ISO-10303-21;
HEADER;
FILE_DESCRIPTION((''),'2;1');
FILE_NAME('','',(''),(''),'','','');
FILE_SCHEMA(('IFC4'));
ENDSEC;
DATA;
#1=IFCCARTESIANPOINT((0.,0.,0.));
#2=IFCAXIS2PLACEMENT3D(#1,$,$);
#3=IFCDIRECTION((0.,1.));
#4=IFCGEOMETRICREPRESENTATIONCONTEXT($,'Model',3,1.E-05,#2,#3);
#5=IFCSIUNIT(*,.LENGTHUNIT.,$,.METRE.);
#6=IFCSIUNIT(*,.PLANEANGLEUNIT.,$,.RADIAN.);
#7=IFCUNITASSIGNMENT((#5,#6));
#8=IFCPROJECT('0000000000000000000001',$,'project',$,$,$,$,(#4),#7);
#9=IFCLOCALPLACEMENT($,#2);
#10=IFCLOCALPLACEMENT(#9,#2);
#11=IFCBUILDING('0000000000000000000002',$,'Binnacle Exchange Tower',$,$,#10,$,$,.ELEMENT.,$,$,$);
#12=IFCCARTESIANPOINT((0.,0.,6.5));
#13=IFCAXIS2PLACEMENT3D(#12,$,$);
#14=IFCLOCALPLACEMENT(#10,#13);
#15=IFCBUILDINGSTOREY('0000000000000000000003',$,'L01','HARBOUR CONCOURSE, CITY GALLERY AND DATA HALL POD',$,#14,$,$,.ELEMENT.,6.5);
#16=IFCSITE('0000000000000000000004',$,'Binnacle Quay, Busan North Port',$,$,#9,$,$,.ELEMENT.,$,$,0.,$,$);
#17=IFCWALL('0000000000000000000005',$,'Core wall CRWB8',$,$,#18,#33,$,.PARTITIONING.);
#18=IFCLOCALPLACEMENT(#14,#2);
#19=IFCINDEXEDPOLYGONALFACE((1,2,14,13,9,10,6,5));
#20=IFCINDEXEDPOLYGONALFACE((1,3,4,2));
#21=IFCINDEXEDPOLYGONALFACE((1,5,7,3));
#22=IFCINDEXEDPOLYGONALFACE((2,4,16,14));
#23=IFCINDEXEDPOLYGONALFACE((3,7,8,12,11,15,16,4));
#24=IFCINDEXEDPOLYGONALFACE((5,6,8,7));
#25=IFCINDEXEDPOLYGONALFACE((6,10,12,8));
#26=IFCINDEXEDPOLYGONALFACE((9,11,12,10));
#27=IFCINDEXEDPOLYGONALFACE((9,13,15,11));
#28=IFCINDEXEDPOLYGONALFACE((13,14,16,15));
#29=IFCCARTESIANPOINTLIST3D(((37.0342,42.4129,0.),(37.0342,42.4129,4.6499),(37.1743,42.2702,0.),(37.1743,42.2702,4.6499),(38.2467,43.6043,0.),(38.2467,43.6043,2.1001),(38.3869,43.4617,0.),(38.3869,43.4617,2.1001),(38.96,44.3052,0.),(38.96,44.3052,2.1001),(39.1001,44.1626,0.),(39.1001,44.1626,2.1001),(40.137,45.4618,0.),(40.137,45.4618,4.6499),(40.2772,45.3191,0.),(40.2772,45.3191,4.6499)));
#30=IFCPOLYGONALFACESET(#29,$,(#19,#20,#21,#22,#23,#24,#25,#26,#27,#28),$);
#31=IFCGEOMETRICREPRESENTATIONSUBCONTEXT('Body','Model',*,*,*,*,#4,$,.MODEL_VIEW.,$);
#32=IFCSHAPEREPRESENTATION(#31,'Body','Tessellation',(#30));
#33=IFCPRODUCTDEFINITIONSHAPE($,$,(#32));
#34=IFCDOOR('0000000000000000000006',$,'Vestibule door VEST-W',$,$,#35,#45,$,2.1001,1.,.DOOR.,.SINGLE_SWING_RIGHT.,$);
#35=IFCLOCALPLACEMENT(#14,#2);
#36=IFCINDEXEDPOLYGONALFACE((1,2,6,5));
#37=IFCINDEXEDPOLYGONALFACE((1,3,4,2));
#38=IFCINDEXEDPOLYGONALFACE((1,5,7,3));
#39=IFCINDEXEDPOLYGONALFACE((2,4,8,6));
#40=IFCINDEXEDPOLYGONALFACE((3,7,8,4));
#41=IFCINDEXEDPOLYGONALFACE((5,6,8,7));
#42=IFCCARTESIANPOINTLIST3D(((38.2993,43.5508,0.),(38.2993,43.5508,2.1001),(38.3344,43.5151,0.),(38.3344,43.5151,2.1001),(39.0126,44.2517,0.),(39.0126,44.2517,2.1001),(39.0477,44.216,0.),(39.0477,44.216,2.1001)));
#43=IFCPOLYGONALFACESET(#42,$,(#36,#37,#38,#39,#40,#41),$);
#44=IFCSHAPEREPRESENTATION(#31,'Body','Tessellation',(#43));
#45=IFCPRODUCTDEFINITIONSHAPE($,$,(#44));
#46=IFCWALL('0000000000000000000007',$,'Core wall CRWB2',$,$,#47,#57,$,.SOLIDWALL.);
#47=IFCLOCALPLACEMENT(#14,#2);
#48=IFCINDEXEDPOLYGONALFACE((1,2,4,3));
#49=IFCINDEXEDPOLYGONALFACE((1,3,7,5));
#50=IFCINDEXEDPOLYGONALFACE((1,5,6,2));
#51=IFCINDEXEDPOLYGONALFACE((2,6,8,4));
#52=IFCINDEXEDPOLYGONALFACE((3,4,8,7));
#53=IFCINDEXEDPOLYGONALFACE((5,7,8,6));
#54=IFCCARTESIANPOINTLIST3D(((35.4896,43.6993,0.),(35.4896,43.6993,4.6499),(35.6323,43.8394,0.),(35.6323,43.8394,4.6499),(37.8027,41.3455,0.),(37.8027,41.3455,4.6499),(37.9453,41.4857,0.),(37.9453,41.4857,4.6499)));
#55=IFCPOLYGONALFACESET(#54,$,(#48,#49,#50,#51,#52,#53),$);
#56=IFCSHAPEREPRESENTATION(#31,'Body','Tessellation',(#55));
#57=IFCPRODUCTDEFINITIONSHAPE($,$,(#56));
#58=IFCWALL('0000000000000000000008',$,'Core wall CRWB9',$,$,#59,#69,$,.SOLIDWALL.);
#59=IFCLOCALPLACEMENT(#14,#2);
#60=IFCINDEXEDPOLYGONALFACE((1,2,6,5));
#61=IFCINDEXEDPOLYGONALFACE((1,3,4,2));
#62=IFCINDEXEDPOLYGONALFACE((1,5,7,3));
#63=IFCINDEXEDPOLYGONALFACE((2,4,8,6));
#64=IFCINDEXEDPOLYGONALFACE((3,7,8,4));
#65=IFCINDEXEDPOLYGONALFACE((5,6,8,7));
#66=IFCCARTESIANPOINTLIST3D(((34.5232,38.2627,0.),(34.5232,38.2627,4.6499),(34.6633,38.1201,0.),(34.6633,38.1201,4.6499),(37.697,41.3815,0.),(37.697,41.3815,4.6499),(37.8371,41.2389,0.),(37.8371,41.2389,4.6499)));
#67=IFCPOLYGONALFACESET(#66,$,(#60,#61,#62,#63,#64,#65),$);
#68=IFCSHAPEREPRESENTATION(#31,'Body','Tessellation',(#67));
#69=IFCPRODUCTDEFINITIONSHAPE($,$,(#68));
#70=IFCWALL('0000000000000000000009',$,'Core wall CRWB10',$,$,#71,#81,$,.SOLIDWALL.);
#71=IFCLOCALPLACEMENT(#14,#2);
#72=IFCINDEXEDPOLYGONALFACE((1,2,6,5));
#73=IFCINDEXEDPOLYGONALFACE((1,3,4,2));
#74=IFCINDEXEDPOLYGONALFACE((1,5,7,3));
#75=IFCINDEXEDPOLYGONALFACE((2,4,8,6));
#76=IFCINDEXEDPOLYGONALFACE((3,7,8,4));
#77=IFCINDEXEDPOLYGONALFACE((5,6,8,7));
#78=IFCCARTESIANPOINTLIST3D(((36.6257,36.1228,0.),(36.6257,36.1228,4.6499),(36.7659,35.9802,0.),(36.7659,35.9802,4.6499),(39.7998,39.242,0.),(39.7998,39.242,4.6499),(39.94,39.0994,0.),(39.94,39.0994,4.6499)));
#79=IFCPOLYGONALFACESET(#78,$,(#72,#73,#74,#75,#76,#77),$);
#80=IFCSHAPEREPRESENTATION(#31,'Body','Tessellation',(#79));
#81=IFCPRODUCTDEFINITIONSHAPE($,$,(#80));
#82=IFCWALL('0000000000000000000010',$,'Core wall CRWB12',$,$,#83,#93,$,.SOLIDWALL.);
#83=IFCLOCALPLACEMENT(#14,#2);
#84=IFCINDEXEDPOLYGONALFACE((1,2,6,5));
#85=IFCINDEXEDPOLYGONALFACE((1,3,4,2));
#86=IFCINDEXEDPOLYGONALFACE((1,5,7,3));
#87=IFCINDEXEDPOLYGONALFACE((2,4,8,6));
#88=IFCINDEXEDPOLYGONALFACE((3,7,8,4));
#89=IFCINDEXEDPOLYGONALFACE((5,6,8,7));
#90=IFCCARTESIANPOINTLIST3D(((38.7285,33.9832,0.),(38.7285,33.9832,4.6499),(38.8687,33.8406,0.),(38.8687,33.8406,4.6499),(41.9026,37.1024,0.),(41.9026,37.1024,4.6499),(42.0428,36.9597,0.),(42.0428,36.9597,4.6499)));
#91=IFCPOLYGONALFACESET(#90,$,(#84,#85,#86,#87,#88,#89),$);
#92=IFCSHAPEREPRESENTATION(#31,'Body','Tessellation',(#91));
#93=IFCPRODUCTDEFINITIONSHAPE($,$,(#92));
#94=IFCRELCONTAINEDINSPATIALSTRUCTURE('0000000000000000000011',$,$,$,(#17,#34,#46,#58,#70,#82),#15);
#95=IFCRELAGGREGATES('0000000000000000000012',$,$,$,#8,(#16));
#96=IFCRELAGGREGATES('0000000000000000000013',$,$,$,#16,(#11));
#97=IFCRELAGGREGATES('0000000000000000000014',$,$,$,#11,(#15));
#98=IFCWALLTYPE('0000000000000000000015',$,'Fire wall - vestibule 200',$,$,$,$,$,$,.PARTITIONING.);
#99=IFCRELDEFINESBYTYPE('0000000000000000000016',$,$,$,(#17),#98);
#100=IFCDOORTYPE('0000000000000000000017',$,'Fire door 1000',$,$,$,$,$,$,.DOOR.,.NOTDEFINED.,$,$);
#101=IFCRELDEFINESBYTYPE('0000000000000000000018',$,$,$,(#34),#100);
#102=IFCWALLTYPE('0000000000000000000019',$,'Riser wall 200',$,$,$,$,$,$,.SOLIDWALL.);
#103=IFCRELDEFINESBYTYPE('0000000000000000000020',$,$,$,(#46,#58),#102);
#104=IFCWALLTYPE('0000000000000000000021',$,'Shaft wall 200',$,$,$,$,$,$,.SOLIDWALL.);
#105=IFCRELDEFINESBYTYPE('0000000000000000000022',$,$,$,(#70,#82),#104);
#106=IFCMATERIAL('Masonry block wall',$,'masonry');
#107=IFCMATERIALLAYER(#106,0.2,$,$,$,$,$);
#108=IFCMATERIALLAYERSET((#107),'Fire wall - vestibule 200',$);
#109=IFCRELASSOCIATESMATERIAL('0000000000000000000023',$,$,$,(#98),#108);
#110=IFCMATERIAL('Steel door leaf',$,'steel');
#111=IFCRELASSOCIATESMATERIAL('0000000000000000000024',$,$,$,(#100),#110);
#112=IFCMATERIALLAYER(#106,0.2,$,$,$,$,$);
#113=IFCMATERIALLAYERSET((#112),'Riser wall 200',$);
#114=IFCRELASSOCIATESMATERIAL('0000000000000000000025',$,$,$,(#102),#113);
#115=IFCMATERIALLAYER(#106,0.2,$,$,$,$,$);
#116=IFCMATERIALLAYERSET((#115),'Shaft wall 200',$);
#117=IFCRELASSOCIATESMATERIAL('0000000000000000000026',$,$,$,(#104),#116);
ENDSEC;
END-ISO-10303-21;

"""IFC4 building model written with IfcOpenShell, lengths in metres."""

from ifc_helpers import new_model, si_unit, direction, frame, frame_2d, origin, place, context, subcontext, project, spatial, rectangle, extrude, material, layer, layer_set, type_object, element, fill, save


model = new_model("IFC4")

# Units and contexts
model_context = context("Model", 3, precision=1e-05, world=origin(), true_north=direction((0.0, 1.0)))
body_context = subcontext(model_context, "Body", "Model", "MODEL_VIEW")
ifc_project = project(units=[si_unit("LENGTHUNIT", "METRE"), si_unit("PLANEANGLEUNIT", "RADIAN")], contexts=[model_context])

# Site, building, storey
site_placement = place(None, origin())
site = spatial("IfcSite", under=ifc_project, at=site_placement, Name="Binnacle Quay, Busan North Port", CompositionType="ELEMENT", RefElevation=0.0)
building_placement = place(site_placement, origin())
building = spatial("IfcBuilding", under=site, at=building_placement, Name="Binnacle Exchange Tower", CompositionType="ELEMENT")
storey_placement = place(building_placement, frame((0.0, 0.0, 6.5)))
storey = spatial("IfcBuildingStorey", under=building, at=storey_placement, Name="L01", Description="HARBOUR CONCOURSE, CITY GALLERY AND DATA HALL POD", CompositionType="ELEMENT", Elevation=6.5)

# Shared definitions
ifc_material_1 = material(Name="Steel door leaf", Category="steel")

# Wall, opening, door
ifc_material_2 = material(Name="Masonry block wall", Category="masonry")
ifc_layer_1 = layer(ifc_material_2, 0.2)
ifc_layer_set_1 = layer_set([ifc_layer_1], Name="Fire wall - vestibule 200")
wall_type_1 = type_object("IfcWallType", Name="Fire wall - vestibule 200", PredefinedType="PARTITIONING", material=ifc_layer_set_1)
wall_1_placement = place(storey_placement, frame((37.1042, 42.3416, 0.0), z_axis=(0.0, 0.0, 1.0), x_axis=(0.713281, 0.700878, 0.0)))
wall_1 = element("IfcWall", 1, at=wall_1_placement, inside=storey, type_object=wall_type_1, Name="Core wall CRWB8", PredefinedType="PARTITIONING", context=body_context, shape_type="SweptSolid", body=[
    extrude(rectangle(XDim=4.3501, YDim=0.2, at=frame_2d((2.175, 0.0))), origin(), (0.0, 0.0, 1.0), 4.6499),
])
opening_1_placement = place(wall_1_placement, frame((1.7, 0.0, 0.0)))
opening_1 = element("IfcOpeningElement", 2, at=opening_1_placement, cuts=wall_1, PredefinedType="OPENING", context=body_context, shape_type="SweptSolid", body=[
    extrude(rectangle(XDim=1.0, YDim=2.1001, at=frame_2d((0.5, 1.05))), frame((0.0, 0.1099, 0.0), z_axis=(0.0, -1.0, 0.0), x_axis=(1.0, 0.0, 0.0)), (0.0, 0.0, 1.0), 0.22),
])
door_type_1 = type_object("IfcDoorType", Name="Fire door 1000", OperationType="NOTDEFINED", PredefinedType="DOOR", material=ifc_material_1)
door_1_placement = place(opening_1_placement, origin())
door_1 = element("IfcDoor", 3, at=door_1_placement, inside=storey, type_object=door_type_1, Name="Vestibule door VEST-W", OperationType="SINGLE_SWING_RIGHT", OverallHeight=2.1001, OverallWidth=1.0, PredefinedType="DOOR", context=body_context, shape_type="SweptSolid", body=[
    extrude(rectangle(XDim=1.0, YDim=2.1001, at=frame_2d((0.5, 1.05))), frame((0.0, 0.0249, 0.0), z_axis=(0.0, -1.0, 0.0), x_axis=(1.0, 0.0, 0.0)), (0.0, 0.0, 1.0), 0.05),
])
fill(opening_1, door_1)

# Walls
ifc_layer_2 = layer(ifc_material_2, 0.2)
ifc_layer_set_2 = layer_set([ifc_layer_2], Name="Riser wall 200")
wall_type_2 = type_object("IfcWallType", Name="Riser wall 200", PredefinedType="SOLIDWALL", material=ifc_layer_set_2)
wall_2_placement = place(storey_placement, frame((35.561, 43.7693, 0.0), z_axis=(0.0, 0.0, 1.0), x_axis=(0.700902, -0.713257, 0.0)))
element("IfcWall", 4, at=wall_2_placement, inside=storey, type_object=wall_type_2, Name="Core wall CRWB2", PredefinedType="SOLIDWALL", context=body_context, shape_type="SweptSolid", body=[
    extrude(rectangle(XDim=3.3, YDim=0.2, at=frame_2d((1.6499, 0.0))), origin(), (0.0, 0.0, 1.0), 4.6499),
])
wall_3_placement = place(storey_placement, frame((34.5933, 38.1914, 0.0), z_axis=(0.0, 0.0, 1.0), x_axis=(0.713252, 0.700907, 0.0)))
element("IfcWall", 5, at=wall_3_placement, inside=storey, type_object=wall_type_2, Name="Core wall CRWB9", PredefinedType="SOLIDWALL", context=body_context, shape_type="SweptSolid", body=[
    extrude(rectangle(XDim=4.4497, YDim=0.2, at=frame_2d((2.2249, 0.0))), origin(), (0.0, 0.0, 1.0), 4.6499),
])
ifc_layer_3 = layer(ifc_material_2, 0.2)
ifc_layer_set_3 = layer_set([ifc_layer_3], Name="Shaft wall 200")
wall_type_3 = type_object("IfcWallType", Name="Shaft wall 200", PredefinedType="SOLIDWALL", material=ifc_layer_set_3)
for number, where, z_axis, x_axis, name in (
    (6, (36.6958, 36.0515, 0.0), (0.0, 0.0, 1.0), (0.713252, 0.700908, 0.0), "Core wall CRWB10"),
    (7, (38.7986, 33.9119, 0.0), (0.0, 0.0, 1.0), (0.713252, 0.700908, 0.0), "Core wall CRWB12"),
):
    element("IfcWall", number, at=place(storey_placement, frame(where, z_axis=z_axis, x_axis=x_axis)), inside=storey, type_object=wall_type_3, Name=name, PredefinedType="SOLIDWALL", context=body_context, shape_type="SweptSolid", body=[
        extrude(rectangle(XDim=4.4502, YDim=0.2, at=frame_2d((2.2251, 0.0))), origin(), (0.0, 0.0, 1.0), 4.6499),
    ])

save(model, "model.ifc")
